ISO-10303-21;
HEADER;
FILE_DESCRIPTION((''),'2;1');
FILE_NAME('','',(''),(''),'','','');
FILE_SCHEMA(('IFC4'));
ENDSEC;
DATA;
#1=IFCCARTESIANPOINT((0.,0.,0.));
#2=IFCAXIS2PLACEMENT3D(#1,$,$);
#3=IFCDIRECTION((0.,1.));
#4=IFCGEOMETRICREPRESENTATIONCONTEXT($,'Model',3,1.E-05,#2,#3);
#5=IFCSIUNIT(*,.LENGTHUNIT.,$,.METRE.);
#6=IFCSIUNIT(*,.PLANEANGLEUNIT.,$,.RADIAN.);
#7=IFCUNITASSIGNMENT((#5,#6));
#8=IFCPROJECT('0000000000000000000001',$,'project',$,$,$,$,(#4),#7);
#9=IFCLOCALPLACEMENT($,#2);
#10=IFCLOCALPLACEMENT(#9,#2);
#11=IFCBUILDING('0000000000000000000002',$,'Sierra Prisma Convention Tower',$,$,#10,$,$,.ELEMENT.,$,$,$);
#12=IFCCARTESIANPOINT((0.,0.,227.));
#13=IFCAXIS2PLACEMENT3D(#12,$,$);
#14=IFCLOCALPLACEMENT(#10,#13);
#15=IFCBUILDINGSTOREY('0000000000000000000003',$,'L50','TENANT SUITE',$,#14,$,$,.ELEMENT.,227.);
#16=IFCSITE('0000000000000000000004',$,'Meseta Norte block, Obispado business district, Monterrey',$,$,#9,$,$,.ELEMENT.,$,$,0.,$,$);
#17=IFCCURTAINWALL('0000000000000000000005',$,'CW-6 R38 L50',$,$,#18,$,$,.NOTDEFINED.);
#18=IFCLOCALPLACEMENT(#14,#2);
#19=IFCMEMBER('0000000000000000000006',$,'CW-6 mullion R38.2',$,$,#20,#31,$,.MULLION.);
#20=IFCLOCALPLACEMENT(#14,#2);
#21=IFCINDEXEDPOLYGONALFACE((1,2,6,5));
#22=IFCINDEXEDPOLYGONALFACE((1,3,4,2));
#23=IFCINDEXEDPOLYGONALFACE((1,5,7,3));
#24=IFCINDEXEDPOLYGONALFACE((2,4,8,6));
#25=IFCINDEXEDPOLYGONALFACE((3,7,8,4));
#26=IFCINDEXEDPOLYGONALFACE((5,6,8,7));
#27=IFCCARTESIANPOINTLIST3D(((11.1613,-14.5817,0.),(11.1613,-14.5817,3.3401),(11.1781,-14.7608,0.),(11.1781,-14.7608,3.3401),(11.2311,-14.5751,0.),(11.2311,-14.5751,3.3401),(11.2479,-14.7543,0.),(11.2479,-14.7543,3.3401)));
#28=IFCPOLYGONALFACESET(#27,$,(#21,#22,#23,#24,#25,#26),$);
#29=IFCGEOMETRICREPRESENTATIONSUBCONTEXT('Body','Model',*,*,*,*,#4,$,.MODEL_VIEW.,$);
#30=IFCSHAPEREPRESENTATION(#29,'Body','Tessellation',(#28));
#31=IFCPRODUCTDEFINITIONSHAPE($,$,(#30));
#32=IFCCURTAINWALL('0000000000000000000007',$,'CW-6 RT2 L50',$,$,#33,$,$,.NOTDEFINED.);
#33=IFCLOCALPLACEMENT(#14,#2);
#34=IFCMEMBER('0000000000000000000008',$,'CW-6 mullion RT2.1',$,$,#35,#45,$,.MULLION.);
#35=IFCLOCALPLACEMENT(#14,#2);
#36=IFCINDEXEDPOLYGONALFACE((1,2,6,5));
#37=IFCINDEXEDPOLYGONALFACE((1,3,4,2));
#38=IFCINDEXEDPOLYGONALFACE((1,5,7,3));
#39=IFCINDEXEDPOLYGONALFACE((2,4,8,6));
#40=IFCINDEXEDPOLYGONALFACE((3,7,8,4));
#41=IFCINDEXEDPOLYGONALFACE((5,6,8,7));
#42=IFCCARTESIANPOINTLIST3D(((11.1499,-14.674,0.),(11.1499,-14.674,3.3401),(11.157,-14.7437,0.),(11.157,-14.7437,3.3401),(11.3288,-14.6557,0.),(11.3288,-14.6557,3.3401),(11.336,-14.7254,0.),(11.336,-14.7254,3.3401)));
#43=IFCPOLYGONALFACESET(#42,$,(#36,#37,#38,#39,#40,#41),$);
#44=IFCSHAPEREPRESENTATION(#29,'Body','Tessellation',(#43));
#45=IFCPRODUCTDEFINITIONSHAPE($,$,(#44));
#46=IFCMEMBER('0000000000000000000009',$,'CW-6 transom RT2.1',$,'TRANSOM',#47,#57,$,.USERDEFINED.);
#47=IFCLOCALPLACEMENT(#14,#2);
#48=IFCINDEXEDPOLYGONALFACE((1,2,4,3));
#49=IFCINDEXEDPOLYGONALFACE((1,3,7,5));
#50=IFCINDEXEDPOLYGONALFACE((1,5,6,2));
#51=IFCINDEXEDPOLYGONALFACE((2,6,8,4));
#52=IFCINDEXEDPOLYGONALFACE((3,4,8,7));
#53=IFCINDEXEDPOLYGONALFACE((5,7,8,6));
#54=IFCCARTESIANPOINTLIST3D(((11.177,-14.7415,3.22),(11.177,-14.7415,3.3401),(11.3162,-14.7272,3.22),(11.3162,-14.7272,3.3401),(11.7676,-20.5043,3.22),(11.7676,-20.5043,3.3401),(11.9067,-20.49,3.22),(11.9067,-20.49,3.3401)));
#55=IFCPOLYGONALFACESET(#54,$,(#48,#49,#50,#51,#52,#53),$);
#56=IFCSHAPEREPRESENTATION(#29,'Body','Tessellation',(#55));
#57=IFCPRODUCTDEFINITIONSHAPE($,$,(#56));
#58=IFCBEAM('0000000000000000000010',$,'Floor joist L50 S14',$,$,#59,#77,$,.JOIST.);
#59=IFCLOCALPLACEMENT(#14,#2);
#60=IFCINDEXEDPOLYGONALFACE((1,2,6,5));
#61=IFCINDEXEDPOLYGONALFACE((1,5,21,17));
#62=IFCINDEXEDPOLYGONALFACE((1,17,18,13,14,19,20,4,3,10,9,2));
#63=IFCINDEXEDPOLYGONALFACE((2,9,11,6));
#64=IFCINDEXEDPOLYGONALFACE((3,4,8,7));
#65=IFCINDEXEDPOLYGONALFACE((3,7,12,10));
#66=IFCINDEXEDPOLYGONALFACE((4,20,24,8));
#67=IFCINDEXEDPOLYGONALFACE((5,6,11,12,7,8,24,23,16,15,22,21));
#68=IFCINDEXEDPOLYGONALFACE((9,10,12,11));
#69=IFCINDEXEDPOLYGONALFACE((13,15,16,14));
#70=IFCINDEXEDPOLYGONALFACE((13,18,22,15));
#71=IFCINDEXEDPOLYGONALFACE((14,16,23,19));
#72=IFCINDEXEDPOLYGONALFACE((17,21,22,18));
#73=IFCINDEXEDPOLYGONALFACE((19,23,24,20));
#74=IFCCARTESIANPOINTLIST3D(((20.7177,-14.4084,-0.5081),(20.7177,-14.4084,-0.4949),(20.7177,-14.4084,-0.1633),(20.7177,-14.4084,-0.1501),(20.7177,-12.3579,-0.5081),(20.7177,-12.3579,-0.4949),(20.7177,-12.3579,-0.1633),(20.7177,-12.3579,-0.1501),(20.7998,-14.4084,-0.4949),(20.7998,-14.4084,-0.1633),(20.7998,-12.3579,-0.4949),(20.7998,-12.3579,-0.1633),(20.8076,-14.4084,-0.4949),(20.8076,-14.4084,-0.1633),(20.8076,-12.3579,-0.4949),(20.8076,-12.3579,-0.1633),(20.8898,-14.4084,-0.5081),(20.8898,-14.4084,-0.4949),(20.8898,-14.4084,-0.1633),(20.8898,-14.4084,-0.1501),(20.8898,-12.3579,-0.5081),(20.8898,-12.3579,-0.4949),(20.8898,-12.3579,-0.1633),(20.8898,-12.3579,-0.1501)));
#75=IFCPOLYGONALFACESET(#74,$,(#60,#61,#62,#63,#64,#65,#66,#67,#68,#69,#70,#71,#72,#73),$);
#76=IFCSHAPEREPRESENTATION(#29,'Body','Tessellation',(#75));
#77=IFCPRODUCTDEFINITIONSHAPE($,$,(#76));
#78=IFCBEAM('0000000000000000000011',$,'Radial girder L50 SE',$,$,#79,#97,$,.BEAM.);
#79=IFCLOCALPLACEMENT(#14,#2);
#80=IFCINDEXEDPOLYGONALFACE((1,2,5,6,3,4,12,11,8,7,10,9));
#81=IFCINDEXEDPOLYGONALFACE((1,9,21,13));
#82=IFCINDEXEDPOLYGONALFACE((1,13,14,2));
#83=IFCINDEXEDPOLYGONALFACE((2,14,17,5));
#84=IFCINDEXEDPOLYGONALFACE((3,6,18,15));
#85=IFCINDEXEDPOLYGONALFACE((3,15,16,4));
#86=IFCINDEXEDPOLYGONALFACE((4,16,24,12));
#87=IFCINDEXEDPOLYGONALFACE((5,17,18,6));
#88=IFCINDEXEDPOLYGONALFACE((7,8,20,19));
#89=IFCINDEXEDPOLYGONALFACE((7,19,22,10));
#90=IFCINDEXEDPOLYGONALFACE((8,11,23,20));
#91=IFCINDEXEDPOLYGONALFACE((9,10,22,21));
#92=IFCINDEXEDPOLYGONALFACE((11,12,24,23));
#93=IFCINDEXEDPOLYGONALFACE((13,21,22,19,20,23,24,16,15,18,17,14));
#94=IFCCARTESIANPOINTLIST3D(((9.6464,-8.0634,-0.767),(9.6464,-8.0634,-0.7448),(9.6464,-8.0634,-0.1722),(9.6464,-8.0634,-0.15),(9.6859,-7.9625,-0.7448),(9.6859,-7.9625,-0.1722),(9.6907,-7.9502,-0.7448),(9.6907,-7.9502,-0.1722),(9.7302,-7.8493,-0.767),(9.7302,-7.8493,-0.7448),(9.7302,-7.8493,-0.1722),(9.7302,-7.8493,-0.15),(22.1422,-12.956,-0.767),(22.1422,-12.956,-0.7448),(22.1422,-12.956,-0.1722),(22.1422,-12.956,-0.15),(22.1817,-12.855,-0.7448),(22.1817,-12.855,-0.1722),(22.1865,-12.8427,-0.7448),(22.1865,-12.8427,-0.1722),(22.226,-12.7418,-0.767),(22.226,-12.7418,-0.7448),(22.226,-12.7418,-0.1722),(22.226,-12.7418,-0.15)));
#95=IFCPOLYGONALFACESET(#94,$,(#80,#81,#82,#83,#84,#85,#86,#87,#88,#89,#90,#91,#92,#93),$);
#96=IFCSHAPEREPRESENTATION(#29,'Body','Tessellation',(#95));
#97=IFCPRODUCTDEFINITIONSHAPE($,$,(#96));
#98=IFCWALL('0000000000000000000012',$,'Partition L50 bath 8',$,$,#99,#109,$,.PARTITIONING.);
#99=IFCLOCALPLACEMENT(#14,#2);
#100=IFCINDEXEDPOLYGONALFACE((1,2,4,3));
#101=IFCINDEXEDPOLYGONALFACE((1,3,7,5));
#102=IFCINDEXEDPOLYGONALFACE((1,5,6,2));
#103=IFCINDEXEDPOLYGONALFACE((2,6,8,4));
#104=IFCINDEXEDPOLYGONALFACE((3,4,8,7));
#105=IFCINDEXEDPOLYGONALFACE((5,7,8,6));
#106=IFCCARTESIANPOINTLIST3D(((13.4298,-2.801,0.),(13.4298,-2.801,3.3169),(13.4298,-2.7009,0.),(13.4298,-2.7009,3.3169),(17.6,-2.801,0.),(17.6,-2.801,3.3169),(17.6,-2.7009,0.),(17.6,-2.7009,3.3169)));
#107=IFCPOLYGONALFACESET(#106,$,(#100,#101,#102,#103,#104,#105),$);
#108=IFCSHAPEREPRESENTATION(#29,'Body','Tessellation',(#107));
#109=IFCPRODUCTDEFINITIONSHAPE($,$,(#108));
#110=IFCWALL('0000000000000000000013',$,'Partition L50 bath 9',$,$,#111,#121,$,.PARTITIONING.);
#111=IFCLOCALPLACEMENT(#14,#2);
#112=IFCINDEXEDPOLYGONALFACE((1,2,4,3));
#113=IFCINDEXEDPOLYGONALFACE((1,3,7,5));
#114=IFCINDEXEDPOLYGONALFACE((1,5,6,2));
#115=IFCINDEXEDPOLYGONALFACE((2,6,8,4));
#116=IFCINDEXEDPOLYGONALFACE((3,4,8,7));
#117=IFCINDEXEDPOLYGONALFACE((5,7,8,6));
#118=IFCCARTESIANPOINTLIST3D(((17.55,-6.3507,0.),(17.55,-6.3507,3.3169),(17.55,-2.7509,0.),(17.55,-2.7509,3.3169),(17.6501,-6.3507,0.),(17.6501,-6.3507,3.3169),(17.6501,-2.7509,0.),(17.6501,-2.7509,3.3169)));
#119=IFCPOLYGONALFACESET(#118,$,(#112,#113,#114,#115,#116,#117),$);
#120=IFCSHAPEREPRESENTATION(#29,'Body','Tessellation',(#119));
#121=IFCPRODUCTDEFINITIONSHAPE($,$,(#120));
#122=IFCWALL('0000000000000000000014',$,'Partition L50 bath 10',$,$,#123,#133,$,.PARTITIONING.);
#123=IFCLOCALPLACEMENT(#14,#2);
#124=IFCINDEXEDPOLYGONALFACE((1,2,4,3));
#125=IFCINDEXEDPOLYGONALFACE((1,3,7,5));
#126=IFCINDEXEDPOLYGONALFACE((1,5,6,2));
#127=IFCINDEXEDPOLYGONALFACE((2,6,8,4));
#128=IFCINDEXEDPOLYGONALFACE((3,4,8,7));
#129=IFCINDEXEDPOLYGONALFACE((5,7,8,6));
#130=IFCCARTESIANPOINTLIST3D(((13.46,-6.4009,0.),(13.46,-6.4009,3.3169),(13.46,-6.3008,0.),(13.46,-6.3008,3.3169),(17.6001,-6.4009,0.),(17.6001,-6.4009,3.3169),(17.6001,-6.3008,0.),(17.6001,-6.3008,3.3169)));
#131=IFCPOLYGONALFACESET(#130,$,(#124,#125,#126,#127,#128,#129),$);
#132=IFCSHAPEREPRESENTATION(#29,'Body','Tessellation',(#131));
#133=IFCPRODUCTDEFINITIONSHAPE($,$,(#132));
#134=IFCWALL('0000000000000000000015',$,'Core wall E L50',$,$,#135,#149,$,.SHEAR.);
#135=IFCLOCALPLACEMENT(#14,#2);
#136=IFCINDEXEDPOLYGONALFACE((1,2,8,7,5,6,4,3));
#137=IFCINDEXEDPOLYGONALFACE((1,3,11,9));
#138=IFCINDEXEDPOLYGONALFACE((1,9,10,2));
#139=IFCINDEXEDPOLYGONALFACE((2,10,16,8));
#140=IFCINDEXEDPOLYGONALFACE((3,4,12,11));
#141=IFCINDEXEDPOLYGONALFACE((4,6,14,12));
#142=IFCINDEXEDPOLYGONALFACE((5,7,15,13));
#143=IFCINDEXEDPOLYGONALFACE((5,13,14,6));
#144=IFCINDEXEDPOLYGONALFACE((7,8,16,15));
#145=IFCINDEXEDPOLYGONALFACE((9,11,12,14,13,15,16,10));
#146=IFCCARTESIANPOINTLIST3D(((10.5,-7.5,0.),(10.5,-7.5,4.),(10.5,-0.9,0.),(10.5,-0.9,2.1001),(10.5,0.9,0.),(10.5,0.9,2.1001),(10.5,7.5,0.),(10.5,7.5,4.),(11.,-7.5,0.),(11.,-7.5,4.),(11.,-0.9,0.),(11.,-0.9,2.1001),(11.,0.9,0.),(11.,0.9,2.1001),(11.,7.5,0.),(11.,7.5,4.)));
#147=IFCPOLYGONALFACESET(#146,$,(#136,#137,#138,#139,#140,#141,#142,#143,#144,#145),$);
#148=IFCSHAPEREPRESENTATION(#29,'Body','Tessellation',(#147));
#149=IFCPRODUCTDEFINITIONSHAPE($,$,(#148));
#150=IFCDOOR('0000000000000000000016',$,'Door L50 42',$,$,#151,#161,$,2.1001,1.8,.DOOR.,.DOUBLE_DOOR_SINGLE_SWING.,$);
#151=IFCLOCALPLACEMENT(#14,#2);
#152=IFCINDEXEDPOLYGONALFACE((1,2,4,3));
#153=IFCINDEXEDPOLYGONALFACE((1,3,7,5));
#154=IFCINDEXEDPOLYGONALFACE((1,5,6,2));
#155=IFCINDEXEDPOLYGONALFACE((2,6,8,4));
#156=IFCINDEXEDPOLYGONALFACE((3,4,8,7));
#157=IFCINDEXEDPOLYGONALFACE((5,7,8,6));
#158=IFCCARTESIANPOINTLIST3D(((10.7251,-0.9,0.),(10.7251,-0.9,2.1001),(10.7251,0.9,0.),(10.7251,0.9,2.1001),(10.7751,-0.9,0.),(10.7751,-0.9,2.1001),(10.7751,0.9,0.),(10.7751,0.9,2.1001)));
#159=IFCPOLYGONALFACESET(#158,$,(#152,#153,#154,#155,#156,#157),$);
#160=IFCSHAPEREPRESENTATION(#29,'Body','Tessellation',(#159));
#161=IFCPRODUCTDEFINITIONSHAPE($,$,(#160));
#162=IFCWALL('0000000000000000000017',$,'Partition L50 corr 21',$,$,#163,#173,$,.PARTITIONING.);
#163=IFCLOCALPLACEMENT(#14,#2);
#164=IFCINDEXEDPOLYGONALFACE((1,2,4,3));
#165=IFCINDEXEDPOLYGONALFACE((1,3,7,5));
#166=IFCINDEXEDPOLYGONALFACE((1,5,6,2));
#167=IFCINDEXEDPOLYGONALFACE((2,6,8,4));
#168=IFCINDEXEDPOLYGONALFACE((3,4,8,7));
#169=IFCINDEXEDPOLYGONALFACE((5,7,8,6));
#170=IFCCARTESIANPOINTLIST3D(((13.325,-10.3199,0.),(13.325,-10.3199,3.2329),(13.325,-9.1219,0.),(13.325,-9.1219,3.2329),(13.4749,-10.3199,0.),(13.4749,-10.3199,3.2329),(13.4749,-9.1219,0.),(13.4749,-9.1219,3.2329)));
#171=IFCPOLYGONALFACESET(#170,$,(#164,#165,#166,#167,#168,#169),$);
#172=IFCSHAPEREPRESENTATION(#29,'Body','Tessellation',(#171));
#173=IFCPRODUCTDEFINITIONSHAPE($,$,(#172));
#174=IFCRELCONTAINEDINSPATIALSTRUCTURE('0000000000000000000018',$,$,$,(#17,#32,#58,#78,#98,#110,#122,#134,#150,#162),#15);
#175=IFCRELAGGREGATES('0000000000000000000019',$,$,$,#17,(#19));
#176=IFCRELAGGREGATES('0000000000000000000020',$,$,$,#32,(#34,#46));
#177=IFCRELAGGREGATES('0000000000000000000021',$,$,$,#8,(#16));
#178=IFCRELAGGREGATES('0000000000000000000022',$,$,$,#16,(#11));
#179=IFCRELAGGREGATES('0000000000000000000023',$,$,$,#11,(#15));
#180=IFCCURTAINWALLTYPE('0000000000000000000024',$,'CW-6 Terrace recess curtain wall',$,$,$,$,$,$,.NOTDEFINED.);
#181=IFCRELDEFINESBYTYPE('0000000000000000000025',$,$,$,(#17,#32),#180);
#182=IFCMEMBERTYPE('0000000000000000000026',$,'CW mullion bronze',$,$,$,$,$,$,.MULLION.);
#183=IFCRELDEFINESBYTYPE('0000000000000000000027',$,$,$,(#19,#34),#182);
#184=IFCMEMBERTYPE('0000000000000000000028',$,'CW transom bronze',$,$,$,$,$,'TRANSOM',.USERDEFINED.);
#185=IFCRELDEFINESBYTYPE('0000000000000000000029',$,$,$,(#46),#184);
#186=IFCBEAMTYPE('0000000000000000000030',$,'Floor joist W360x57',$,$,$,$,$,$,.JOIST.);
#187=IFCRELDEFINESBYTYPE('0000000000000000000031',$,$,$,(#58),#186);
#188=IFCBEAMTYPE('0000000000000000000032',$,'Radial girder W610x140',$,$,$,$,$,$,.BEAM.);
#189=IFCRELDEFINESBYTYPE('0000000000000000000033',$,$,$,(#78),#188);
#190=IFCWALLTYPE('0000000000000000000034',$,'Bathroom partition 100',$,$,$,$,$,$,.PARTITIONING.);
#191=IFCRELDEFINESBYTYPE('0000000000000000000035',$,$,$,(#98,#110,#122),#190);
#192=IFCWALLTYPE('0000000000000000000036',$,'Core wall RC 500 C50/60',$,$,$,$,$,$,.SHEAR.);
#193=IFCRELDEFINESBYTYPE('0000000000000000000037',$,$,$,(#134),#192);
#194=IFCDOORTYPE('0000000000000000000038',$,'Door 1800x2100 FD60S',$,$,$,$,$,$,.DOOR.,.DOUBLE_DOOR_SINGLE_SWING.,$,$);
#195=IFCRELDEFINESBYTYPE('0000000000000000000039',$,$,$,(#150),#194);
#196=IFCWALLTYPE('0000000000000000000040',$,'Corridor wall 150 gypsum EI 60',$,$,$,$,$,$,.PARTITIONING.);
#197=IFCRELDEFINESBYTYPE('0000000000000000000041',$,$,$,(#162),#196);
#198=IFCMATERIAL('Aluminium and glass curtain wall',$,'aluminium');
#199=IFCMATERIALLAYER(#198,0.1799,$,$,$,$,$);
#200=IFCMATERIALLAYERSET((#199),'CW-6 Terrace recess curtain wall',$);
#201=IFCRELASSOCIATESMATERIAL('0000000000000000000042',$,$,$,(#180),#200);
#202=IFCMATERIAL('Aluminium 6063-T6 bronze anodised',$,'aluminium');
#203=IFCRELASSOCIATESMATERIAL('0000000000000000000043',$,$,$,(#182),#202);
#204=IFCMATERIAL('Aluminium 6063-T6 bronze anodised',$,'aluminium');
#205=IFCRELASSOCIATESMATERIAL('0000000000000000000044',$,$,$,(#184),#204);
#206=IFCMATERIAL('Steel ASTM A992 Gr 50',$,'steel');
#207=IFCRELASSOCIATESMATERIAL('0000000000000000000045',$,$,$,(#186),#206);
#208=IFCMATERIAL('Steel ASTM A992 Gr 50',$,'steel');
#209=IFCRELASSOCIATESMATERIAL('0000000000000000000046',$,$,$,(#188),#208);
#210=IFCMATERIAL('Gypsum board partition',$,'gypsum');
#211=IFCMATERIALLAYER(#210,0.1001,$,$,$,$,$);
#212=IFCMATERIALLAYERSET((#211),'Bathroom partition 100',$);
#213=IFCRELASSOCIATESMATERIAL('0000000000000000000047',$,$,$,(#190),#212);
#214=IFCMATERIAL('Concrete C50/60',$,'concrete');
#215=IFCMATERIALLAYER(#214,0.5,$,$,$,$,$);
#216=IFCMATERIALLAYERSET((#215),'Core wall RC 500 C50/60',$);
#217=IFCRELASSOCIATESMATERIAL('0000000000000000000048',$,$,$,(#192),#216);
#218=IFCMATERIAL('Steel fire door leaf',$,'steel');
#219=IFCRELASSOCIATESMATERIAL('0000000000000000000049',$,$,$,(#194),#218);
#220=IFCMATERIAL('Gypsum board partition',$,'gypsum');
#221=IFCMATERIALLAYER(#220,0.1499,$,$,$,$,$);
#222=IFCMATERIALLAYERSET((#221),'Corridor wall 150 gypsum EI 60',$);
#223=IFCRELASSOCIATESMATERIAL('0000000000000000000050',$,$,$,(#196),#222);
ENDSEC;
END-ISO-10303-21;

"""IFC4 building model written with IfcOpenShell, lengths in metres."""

from ifc_helpers import new_model, si_unit, direction, frame, frame_2d, origin, origin_2d, place, context, subcontext, project, spatial, rectangle, i_section, extrude, material, layer, layer_set, material_profile, profile_set, type_object, element, fill, aggregate, save


model = new_model("IFC4")

# Units and contexts
model_context = context("Model", 3, precision=1e-05, world=origin(), true_north=direction((0.0, 1.0)))
body_context = subcontext(model_context, "Body", "Model", "MODEL_VIEW")
ifc_project = project(units=[si_unit("LENGTHUNIT", "METRE"), si_unit("PLANEANGLEUNIT", "RADIAN")], contexts=[model_context])

# Site, building, storey
site_placement = place(None, origin())
site = spatial("IfcSite", under=ifc_project, at=site_placement, Name="Meseta Norte block, Obispado business district, Monterrey", CompositionType="ELEMENT", RefElevation=0.0)
building_placement = place(site_placement, origin())
building = spatial("IfcBuilding", under=site, at=building_placement, Name="Sierra Prisma Convention Tower", CompositionType="ELEMENT")
storey_placement = place(building_placement, frame((0.0, 0.0, 227.0)))
storey = spatial("IfcBuildingStorey", under=building, at=storey_placement, Name="L50", Description="TENANT SUITE", CompositionType="ELEMENT", Elevation=227.0)

# Curtain wall, member
ifc_material_1 = material(Name="Aluminium and glass curtain wall", Category="aluminium")
ifc_layer_1 = layer(ifc_material_1, 0.1799)
ifc_layer_set_1 = layer_set([ifc_layer_1], Name="CW-6 Terrace recess curtain wall")
curtain_wall_type = type_object("IfcCurtainWallType", Name="CW-6 Terrace recess curtain wall", PredefinedType="NOTDEFINED", material=ifc_layer_set_1)
curtain_wall_1_placement = place(storey_placement, origin())
curtain_wall_1 = element("IfcCurtainWall", 1, at=curtain_wall_1_placement, inside=storey, type_object=curtain_wall_type, Name="CW-6 R38 L50", PredefinedType="NOTDEFINED")
ifc_material_2 = material(Name="Aluminium 6063-T6 bronze anodised", Category="aluminium")
ifc_material_profile_1 = material_profile(ifc_material_2, rectangle(XDim=0.1799, YDim=0.0701, at=origin_2d()), Name="ALU MULLION 70x180")
ifc_profile_set_1 = profile_set([ifc_material_profile_1], Name="Aluminium 6063-T6 bronze anodised")
member_type_1 = type_object("IfcMemberType", Name="CW mullion bronze", PredefinedType="MULLION", material=ifc_profile_set_1)
member_1_placement = place(storey_placement, frame((11.2046, -14.668, 0.0), z_axis=(0.0, 0.0, 1.0), x_axis=(-0.093494, 0.99562, 0.0)))
member_1 = element("IfcMember", 2, at=member_1_placement, type_object=member_type_1, Name="CW-6 mullion R38.2", PredefinedType="MULLION", context=body_context, shape_type="SweptSolid", body=[
    extrude(rectangle(XDim=0.1799, YDim=0.0701, at=origin_2d()), origin(), (0.0, 0.0, 1.0), 3.3401),
])
aggregate(curtain_wall_1, [member_1])

# Curtain wall, members
curtain_wall_2_placement = place(storey_placement, origin())
curtain_wall_2 = element("IfcCurtainWall", 3, at=curtain_wall_2_placement, inside=storey, type_object=curtain_wall_type, Name="CW-6 RT2 L50", PredefinedType="NOTDEFINED")
member_2_placement = place(storey_placement, frame((11.2429, -14.6997, 0.0), z_axis=(0.0, 0.0, 1.0), x_axis=(0.994788, 0.101966, 0.0)))
member_2 = element("IfcMember", 4, at=member_2_placement, type_object=member_type_1, Name="CW-6 mullion RT2.1", PredefinedType="MULLION", context=body_context, shape_type="SweptSolid", body=[
    extrude(rectangle(XDim=0.1799, YDim=0.0701, at=origin_2d()), origin(), (0.0, 0.0, 1.0), 3.3401),
])
ifc_material_3 = material(Name="Aluminium 6063-T6 bronze anodised", Category="aluminium")
ifc_material_profile_2 = material_profile(ifc_material_3, rectangle(XDim=0.1399, YDim=0.1201, at=origin_2d()), Name="ALU TRANSOM 120x140")
ifc_profile_set_2 = profile_set([ifc_material_profile_2], Name="Aluminium 6063-T6 bronze anodised")
member_type_2 = type_object("IfcMemberType", Name="CW transom bronze", ElementType="TRANSOM", PredefinedType="USERDEFINED", material=ifc_profile_set_2)
member_3_placement = place(storey_placement, frame((11.2466, -14.7344, 3.28), z_axis=(0.101949, -0.99479, 0.0), x_axis=(0.99479, 0.101949, 0.0)))
member_3 = element("IfcMember", 5, at=member_3_placement, type_object=member_type_2, Name="CW-6 transom RT2.1", ObjectType="TRANSOM", PredefinedType="USERDEFINED", context=body_context, shape_type="SweptSolid", body=[
    extrude(rectangle(XDim=0.1399, YDim=0.1201, at=origin_2d()), origin(), (0.0, 0.0, 1.0), 5.793),
])
aggregate(curtain_wall_2, [member_2, member_3])

# Beams
ifc_material_4 = material(Name="Steel ASTM A992 Gr 50", Category="steel")
ifc_material_profile_3 = material_profile(ifc_material_4, i_section(OverallWidth=0.1721, OverallDepth=0.3579, WebThickness=0.0078, FlangeThickness=0.0132, at=origin_2d()), Name="W360x57")
ifc_profile_set_3 = profile_set([ifc_material_profile_3], Name="Steel ASTM A992 Gr 50")
beam_type_1 = type_object("IfcBeamType", Name="Floor joist W360x57", PredefinedType="JOIST", material=ifc_profile_set_3)
beam_1_placement = place(storey_placement, frame((20.8037, -14.4084, -0.3291), z_axis=(0.0, 1.0, 0.0), x_axis=(-1.0, 0.0, 0.0)))
element("IfcBeam", 6, at=beam_1_placement, inside=storey, type_object=beam_type_1, Name="Floor joist L50 S14", PredefinedType="JOIST", context=body_context, shape_type="SweptSolid", body=[
    extrude(i_section(OverallWidth=0.1721, OverallDepth=0.3579, WebThickness=0.0078, FlangeThickness=0.0132, at=origin_2d()), origin(), (0.0, 0.0, 1.0), 2.0505),
])
ifc_material_5 = material(Name="Steel ASTM A992 Gr 50", Category="steel")
ifc_material_profile_4 = material_profile(ifc_material_5, i_section(OverallWidth=0.23, OverallDepth=0.6169, WebThickness=0.0132, FlangeThickness=0.0222, at=origin_2d()), Name="W610x140")
ifc_profile_set_4 = profile_set([ifc_material_profile_4], Name="Steel ASTM A992 Gr 50")
beam_type_2 = type_object("IfcBeamType", Name="Radial girder W610x140", PredefinedType="BEAM", material=ifc_profile_set_4)
beam_2_placement = place(storey_placement, frame((22.1841, -12.8489, -0.4585), z_axis=(-0.931169, 0.364587, 0.0), x_axis=(-0.364587, -0.931169, 0.0)))
element("IfcBeam", 7, at=beam_2_placement, inside=storey, type_object=beam_type_2, Name="Radial girder L50 SE", PredefinedType="BEAM", context=body_context, shape_type="SweptSolid", body=[
    extrude(i_section(OverallWidth=0.23, OverallDepth=0.6169, WebThickness=0.0132, FlangeThickness=0.0222, at=origin_2d()), origin(), (0.0, 0.0, 1.0), 13.4194),
])

# Walls
ifc_material_6 = material(Name="Gypsum board partition", Category="gypsum")
ifc_layer_2 = layer(ifc_material_6, 0.1001)
ifc_layer_set_2 = layer_set([ifc_layer_2], Name="Bathroom partition 100")
wall_type_1 = type_object("IfcWallType", Name="Bathroom partition 100", PredefinedType="PARTITIONING", material=ifc_layer_set_2)
wall_1_placement = place(storey_placement, frame((13.4299, -2.751, 0.0), z_axis=(0.0, 0.0, 1.0), x_axis=(1.0, 0.0, 0.0)))
element("IfcWall", 8, at=wall_1_placement, inside=storey, type_object=wall_type_1, Name="Partition L50 bath 8", PredefinedType="PARTITIONING", context=body_context, shape_type="SweptSolid", body=[
    extrude(rectangle(XDim=4.1702, YDim=0.1001, at=frame_2d((2.085, 0.0))), origin(), (0.0, 0.0, 1.0), 3.3169),
])
wall_2_placement = place(storey_placement, frame((17.6001, -2.751, 0.0), z_axis=(0.0, 0.0, 1.0), x_axis=(0.0, -1.0, 0.0)))
element("IfcWall", 9, at=wall_2_placement, inside=storey, type_object=wall_type_1, Name="Partition L50 bath 9", PredefinedType="PARTITIONING", context=body_context, shape_type="SweptSolid", body=[
    extrude(rectangle(XDim=3.5999, YDim=0.1001, at=frame_2d((1.7998, 0.0))), origin(), (0.0, 0.0, 1.0), 3.3169),
])
wall_3_placement = place(storey_placement, frame((17.6001, -6.3508, 0.0), z_axis=(0.0, 0.0, 1.0), x_axis=(-1.0, 0.0, 0.0)))
element("IfcWall", 10, at=wall_3_placement, inside=storey, type_object=wall_type_1, Name="Partition L50 bath 10", PredefinedType="PARTITIONING", context=body_context, shape_type="SweptSolid", body=[
    extrude(rectangle(XDim=4.1401, YDim=0.1001, at=frame_2d((2.0701, 0.0))), origin(), (0.0, 0.0, 1.0), 3.3169),
])

# Wall, opening, door
ifc_material_7 = material(Name="Concrete C50/60", Category="concrete")
ifc_layer_3 = layer(ifc_material_7, 0.5)
ifc_layer_set_3 = layer_set([ifc_layer_3], Name="Core wall RC 500 C50/60")
wall_type_2 = type_object("IfcWallType", Name="Core wall RC 500 C50/60", PredefinedType="SHEAR", material=ifc_layer_set_3)
wall_4_placement = place(storey_placement, frame((10.75, -7.5, 0.0), z_axis=(0.0, 0.0, 1.0), x_axis=(0.0, 1.0, 0.0)))
wall_4 = element("IfcWall", 11, at=wall_4_placement, inside=storey, type_object=wall_type_2, Name="Core wall E L50", PredefinedType="SHEAR", context=body_context, shape_type="SweptSolid", body=[
    extrude(rectangle(XDim=15.0, YDim=0.5, at=frame_2d((7.5, 0.0))), origin(), (0.0, 0.0, 1.0), 4.0),
])
opening_1_placement = place(wall_4_placement, frame((6.6001, 0.0, 0.0)))
opening_1 = element("IfcOpeningElement", 12, at=opening_1_placement, cuts=wall_4, PredefinedType="OPENING", context=body_context, shape_type="SweptSolid", body=[
    extrude(rectangle(XDim=1.8, YDim=2.1001, at=frame_2d((0.8999, 1.05))), frame((0.0, 0.25, 0.0), z_axis=(0.0, -1.0, 0.0), x_axis=(1.0, 0.0, 0.0)), (0.0, 0.0, 1.0), 0.5),
])
ifc_material_8 = material(Name="Steel fire door leaf", Category="steel")
door_type_1 = type_object("IfcDoorType", Name="Door 1800x2100 FD60S", OperationType="DOUBLE_DOOR_SINGLE_SWING", PredefinedType="DOOR", material=ifc_material_8)
door_1_placement = place(opening_1_placement, origin())
door_1 = element("IfcDoor", 13, at=door_1_placement, inside=storey, type_object=door_type_1, Name="Door L50 42", OperationType="DOUBLE_DOOR_SINGLE_SWING", OverallHeight=2.1001, OverallWidth=1.8, PredefinedType="DOOR", context=body_context, shape_type="SweptSolid", body=[
    extrude(rectangle(XDim=1.8, YDim=2.1001, at=frame_2d((0.8999, 1.05))), frame((0.0, 0.0249, 0.0), z_axis=(0.0, -1.0, 0.0), x_axis=(1.0, 0.0, 0.0)), (0.0, 0.0, 1.0), 0.05),
])
fill(opening_1, door_1)

# Wall
ifc_material_9 = material(Name="Gypsum board partition", Category="gypsum")
ifc_layer_4 = layer(ifc_material_9, 0.1499)
ifc_layer_set_4 = layer_set([ifc_layer_4], Name="Corridor wall 150 gypsum EI 60")
wall_type_3 = type_object("IfcWallType", Name="Corridor wall 150 gypsum EI 60", PredefinedType="PARTITIONING", material=ifc_layer_set_4)
wall_5_placement = place(storey_placement, frame((13.3999, -10.3201, 0.0), z_axis=(0.0, 0.0, 1.0), x_axis=(0.0, 1.0, 0.0)))
element("IfcWall", 14, at=wall_5_placement, inside=storey, type_object=wall_type_3, Name="Partition L50 corr 21", PredefinedType="PARTITIONING", context=body_context, shape_type="SweptSolid", body=[
    extrude(rectangle(XDim=1.198, YDim=0.1499, at=frame_2d((0.5991, 0.0))), origin(), (0.0, 0.0, 1.0), 3.2329),
])

save(model, "model.ifc")
